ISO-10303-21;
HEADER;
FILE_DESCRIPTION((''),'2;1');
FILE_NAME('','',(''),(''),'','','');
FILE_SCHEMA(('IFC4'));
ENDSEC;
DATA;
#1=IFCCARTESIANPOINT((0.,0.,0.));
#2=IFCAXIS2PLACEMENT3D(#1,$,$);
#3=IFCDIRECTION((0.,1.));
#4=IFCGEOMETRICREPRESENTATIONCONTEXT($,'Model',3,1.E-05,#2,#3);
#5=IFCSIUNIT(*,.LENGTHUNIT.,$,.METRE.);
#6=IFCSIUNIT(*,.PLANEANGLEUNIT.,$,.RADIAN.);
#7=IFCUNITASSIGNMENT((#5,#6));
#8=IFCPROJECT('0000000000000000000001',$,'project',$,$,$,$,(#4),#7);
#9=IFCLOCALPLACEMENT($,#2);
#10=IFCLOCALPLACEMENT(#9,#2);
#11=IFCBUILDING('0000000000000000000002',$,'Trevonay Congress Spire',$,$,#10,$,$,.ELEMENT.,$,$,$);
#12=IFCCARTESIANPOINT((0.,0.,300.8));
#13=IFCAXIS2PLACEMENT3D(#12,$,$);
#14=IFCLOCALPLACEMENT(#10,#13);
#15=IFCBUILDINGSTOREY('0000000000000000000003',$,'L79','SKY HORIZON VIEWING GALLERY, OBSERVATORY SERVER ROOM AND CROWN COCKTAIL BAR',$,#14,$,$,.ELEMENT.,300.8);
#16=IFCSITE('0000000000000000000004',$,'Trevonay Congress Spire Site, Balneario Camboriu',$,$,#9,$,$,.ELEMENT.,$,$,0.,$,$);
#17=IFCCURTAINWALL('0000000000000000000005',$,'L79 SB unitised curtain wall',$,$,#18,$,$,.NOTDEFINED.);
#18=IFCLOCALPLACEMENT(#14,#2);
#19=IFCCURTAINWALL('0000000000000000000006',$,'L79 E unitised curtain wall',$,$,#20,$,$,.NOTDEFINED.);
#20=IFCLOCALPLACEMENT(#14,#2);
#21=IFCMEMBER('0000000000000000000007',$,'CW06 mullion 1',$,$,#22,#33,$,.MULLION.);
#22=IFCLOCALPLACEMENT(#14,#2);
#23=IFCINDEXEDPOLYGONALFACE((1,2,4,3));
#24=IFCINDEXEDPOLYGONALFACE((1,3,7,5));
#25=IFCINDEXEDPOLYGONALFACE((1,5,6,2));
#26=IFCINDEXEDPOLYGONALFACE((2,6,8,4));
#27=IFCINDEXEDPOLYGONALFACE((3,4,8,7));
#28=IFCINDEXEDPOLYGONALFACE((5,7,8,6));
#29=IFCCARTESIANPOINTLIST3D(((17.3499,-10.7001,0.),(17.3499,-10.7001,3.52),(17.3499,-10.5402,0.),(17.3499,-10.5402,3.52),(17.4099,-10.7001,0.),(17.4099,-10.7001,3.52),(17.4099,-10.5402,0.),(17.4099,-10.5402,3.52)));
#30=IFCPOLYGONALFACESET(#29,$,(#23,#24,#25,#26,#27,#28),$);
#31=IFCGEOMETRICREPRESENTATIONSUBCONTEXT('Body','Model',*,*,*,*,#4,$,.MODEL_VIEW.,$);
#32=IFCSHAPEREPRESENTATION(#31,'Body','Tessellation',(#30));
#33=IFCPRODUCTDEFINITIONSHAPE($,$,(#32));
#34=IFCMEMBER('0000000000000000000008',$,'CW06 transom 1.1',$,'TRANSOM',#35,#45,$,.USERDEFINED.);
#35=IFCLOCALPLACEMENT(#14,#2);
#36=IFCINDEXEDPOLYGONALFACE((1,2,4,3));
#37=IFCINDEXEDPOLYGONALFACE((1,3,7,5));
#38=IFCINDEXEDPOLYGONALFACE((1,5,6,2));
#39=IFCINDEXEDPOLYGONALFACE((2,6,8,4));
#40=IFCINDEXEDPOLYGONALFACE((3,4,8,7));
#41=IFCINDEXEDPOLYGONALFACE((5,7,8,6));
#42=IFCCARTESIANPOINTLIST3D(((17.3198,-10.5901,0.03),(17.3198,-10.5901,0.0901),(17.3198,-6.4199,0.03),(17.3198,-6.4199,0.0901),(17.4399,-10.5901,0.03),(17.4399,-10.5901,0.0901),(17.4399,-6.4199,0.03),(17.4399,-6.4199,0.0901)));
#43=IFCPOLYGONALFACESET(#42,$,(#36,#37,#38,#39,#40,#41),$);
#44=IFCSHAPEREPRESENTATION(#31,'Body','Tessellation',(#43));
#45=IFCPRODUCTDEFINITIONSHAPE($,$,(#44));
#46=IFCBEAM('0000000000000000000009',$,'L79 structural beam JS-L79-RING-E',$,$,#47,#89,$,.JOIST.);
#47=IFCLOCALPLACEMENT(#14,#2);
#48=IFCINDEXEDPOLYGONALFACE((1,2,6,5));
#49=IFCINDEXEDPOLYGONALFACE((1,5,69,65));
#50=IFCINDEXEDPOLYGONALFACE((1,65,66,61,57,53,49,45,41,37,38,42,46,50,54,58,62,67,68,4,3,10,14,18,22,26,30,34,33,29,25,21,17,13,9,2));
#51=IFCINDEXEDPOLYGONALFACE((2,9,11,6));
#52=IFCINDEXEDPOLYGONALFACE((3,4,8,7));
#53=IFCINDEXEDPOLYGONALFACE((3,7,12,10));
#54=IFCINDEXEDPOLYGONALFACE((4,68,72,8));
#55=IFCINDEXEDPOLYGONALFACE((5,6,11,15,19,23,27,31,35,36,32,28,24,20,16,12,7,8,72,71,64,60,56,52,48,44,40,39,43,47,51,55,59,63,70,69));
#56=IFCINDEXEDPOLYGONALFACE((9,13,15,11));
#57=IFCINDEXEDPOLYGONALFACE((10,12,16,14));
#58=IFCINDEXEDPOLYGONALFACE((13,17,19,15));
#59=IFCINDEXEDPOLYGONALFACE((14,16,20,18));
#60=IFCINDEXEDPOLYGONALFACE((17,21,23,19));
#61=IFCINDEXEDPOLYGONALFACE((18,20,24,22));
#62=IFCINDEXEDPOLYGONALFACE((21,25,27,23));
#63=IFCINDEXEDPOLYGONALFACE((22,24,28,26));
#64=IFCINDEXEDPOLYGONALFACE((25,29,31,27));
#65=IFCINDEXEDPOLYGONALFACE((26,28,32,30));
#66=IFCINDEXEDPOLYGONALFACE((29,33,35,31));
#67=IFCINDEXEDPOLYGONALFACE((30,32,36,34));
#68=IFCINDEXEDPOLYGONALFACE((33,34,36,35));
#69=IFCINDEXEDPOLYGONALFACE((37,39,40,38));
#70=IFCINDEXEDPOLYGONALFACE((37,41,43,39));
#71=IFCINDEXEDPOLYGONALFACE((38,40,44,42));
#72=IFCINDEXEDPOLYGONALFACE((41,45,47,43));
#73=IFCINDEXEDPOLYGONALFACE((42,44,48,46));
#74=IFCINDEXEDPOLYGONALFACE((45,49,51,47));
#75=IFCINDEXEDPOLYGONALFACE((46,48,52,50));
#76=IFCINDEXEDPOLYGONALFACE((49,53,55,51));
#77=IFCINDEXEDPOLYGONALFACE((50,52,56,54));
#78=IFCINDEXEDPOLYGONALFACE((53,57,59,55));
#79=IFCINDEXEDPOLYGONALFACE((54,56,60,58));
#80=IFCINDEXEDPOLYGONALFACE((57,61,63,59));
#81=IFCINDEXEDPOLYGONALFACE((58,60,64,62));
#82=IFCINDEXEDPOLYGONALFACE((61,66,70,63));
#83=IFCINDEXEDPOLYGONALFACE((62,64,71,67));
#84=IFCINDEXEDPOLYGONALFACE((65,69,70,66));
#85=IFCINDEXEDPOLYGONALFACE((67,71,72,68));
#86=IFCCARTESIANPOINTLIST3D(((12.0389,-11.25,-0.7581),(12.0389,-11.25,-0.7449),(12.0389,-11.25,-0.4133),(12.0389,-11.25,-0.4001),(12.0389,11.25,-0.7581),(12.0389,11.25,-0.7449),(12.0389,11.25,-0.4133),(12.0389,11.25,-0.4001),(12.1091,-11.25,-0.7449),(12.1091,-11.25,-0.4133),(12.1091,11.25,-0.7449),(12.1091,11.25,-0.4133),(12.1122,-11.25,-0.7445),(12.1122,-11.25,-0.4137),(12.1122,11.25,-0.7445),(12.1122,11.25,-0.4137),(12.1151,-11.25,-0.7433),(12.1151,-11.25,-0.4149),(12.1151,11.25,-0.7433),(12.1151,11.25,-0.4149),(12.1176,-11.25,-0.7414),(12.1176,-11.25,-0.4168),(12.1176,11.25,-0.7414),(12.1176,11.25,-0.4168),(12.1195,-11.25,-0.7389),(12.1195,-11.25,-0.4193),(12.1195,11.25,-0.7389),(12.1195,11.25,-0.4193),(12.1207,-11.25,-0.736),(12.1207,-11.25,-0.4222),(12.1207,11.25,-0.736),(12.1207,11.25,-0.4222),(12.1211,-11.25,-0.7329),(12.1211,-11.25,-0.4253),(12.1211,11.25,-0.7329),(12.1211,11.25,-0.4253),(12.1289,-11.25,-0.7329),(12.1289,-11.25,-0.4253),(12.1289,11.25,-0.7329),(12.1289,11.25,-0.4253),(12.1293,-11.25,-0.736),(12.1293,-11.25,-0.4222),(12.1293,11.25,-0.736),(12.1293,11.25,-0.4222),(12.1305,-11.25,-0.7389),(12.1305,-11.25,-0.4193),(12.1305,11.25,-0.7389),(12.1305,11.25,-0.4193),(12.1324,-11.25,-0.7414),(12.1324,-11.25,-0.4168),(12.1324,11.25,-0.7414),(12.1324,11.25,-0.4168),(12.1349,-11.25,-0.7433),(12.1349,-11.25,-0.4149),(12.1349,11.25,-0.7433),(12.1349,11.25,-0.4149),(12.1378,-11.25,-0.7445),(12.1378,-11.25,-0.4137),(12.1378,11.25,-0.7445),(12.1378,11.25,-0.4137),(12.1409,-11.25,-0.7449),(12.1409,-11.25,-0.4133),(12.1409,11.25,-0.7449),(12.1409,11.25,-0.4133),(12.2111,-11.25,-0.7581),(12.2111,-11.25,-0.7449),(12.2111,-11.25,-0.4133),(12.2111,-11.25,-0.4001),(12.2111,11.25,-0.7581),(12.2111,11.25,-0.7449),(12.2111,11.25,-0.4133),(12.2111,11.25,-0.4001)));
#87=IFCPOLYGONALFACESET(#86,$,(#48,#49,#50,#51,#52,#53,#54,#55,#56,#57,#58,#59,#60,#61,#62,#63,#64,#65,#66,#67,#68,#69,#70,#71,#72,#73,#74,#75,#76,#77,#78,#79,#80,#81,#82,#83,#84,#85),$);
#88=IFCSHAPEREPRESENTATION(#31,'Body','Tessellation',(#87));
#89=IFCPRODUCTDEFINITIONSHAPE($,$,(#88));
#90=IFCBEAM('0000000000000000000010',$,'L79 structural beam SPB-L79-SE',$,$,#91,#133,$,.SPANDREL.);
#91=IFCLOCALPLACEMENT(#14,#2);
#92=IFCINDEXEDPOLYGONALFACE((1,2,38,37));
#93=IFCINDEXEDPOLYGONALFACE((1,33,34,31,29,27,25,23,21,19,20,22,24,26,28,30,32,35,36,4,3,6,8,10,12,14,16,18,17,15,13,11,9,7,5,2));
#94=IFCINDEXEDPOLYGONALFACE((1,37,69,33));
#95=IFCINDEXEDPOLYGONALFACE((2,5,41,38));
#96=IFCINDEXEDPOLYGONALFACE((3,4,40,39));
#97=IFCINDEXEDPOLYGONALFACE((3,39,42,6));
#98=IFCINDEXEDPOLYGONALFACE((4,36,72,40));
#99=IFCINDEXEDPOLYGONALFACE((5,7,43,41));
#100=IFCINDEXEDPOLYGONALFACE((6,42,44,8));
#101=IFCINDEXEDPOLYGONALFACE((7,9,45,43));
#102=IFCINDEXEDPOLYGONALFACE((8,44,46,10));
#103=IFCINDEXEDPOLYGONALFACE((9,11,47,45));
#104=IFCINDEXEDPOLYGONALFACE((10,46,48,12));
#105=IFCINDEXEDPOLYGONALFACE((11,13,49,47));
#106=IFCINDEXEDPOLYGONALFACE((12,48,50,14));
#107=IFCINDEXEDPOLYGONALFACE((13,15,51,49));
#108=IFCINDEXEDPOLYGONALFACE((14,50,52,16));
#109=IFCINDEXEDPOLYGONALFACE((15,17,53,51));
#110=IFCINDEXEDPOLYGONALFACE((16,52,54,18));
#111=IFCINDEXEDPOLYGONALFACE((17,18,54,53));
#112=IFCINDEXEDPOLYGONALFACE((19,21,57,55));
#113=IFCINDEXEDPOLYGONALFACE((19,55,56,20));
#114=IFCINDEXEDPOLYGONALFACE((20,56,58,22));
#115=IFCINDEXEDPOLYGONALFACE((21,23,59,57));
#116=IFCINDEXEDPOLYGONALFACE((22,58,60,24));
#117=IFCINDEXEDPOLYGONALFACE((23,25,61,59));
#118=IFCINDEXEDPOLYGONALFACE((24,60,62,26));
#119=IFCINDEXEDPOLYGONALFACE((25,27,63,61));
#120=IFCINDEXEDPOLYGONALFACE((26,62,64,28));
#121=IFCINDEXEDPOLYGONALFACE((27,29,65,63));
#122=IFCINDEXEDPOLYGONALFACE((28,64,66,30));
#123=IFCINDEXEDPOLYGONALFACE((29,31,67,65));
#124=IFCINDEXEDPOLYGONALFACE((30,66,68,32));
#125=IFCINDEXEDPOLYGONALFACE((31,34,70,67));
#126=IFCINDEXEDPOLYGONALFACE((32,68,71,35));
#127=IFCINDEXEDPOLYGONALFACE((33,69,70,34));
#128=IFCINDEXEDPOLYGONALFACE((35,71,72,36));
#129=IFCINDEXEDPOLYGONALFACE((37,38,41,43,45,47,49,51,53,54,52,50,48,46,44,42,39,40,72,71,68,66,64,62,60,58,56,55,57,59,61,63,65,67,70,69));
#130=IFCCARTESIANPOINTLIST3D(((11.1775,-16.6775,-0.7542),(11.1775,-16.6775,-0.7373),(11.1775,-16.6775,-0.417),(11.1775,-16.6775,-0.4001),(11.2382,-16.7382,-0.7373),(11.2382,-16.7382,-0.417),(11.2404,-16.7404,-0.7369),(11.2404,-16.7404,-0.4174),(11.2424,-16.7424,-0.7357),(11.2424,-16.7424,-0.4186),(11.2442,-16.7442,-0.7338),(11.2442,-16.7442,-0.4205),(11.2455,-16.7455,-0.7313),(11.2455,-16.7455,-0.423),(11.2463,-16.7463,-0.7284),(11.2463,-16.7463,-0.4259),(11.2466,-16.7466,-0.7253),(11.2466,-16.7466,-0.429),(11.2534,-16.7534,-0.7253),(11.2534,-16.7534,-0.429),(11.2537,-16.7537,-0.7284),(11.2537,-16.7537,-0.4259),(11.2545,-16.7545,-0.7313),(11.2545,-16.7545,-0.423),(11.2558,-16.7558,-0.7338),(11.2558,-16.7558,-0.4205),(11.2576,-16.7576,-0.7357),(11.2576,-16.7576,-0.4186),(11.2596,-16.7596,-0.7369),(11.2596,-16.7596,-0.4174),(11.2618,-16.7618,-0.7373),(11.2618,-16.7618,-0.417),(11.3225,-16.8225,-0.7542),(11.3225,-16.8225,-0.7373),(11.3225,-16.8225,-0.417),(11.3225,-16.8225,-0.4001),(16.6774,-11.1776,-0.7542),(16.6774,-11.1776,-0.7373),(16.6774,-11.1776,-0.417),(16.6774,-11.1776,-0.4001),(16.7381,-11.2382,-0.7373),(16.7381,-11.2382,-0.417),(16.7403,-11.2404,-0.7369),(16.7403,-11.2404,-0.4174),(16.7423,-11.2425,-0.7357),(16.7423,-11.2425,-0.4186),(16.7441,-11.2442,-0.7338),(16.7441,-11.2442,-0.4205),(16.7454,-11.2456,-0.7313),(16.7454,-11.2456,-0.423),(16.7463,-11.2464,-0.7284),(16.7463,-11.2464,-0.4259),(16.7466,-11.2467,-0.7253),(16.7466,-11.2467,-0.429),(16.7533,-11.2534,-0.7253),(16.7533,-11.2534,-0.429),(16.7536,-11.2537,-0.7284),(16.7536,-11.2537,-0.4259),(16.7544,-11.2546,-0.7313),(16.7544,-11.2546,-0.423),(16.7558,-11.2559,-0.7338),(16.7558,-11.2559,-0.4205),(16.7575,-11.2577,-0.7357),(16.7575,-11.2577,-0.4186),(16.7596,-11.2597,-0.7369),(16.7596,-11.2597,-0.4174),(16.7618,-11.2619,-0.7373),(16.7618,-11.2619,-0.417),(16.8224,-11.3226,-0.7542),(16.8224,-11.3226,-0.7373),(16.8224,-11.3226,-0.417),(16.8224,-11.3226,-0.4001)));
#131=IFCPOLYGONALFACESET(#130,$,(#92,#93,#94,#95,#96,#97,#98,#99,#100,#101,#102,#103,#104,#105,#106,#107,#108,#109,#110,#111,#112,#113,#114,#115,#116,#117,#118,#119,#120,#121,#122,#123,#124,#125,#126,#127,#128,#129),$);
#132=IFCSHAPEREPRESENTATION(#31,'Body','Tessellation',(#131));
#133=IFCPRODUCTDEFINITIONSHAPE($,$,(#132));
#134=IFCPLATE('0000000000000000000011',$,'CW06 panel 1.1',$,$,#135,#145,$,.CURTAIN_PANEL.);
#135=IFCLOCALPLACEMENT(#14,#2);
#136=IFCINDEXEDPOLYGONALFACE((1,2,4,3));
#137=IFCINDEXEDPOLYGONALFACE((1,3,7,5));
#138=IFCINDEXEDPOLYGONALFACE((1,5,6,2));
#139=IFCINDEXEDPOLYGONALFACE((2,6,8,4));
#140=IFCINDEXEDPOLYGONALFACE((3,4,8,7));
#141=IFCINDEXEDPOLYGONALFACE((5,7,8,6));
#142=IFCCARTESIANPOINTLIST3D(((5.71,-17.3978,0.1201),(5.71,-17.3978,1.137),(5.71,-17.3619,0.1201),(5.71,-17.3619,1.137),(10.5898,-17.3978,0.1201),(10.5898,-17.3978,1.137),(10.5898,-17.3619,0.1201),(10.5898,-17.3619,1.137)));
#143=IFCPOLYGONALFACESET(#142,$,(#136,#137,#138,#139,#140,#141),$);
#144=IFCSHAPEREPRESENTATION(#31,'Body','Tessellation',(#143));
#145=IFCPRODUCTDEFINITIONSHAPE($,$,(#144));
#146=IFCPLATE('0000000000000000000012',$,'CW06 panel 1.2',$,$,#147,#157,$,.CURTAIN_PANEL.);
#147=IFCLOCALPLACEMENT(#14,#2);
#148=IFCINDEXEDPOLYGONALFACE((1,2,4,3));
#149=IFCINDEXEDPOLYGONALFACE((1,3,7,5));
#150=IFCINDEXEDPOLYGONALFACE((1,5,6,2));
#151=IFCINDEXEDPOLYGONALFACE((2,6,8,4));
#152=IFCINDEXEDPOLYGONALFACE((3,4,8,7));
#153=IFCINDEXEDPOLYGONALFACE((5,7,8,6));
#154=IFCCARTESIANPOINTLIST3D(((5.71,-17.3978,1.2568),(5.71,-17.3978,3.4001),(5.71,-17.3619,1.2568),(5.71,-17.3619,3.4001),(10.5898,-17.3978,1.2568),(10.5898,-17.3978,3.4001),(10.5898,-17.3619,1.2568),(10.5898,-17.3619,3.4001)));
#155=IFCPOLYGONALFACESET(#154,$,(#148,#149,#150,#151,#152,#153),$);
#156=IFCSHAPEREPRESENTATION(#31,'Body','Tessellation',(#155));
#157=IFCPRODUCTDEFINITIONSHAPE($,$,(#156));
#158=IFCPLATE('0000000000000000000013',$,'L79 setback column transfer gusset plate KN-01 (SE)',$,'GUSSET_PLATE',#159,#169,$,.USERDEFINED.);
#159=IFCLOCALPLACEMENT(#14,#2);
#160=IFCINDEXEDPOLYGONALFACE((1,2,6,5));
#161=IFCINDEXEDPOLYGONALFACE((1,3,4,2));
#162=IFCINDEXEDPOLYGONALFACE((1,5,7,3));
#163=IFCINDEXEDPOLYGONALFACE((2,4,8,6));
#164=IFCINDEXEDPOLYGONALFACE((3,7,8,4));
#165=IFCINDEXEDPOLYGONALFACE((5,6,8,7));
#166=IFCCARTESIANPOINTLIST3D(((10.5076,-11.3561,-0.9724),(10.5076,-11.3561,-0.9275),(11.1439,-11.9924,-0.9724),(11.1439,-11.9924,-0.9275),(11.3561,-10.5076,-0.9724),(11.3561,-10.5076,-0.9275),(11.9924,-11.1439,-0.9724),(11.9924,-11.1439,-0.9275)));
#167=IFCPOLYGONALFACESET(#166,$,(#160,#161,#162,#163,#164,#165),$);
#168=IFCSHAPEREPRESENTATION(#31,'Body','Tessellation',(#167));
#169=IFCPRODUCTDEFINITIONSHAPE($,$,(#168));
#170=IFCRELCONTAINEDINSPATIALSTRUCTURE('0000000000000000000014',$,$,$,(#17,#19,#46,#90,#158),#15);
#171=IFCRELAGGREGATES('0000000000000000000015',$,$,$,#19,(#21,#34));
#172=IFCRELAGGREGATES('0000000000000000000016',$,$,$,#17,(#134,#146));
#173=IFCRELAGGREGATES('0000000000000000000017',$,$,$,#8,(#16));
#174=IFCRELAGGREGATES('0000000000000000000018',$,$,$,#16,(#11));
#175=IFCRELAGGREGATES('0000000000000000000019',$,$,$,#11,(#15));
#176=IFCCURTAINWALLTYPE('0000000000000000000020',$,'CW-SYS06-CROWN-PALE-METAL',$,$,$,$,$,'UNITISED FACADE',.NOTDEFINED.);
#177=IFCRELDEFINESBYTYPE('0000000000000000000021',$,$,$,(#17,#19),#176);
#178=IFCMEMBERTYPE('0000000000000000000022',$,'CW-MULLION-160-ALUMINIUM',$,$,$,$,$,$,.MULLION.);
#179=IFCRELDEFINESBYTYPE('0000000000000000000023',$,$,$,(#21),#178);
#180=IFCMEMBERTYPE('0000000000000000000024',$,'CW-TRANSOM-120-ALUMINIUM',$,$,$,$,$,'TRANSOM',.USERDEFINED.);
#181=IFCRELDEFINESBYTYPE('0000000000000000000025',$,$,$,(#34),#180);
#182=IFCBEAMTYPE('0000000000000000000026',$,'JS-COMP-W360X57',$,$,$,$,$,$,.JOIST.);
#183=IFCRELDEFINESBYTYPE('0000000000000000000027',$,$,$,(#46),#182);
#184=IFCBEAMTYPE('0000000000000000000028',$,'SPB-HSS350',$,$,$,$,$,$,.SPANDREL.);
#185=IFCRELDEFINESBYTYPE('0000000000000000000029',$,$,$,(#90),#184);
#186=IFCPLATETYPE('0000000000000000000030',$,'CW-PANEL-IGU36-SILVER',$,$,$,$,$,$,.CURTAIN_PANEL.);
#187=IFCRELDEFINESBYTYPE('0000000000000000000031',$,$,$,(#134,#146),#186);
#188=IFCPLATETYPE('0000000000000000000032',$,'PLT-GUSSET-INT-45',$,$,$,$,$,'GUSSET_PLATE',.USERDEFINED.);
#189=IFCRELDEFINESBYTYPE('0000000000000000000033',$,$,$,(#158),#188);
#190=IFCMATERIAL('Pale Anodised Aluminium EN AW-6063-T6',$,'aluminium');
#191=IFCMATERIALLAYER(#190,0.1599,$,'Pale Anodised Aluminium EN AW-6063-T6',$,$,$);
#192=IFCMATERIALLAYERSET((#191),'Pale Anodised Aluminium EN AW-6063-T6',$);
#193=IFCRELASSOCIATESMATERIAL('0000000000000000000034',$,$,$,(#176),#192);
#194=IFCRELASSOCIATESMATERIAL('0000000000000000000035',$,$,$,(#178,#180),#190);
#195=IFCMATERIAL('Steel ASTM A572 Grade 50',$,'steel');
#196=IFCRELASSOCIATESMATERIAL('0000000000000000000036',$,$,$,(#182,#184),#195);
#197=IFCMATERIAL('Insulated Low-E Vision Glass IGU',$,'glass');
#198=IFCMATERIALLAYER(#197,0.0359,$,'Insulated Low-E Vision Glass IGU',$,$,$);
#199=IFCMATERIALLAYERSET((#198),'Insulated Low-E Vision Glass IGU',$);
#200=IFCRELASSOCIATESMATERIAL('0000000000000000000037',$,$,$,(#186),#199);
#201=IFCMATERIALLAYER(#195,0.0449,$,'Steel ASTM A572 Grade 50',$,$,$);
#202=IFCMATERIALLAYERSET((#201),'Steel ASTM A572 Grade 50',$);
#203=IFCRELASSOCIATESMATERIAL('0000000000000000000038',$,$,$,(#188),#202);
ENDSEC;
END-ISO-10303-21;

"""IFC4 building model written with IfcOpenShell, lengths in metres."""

from ifc_helpers import new_model, si_unit, direction, frame, origin, origin_2d, place, context, subcontext, project, spatial, rectangle, i_section, extrude, material, layer, layer_set, material_profile, profile_set, type_object, element, aggregate, save


model = new_model("IFC4")

# Units and contexts
model_context = context("Model", 3, precision=1e-05, world=origin(), true_north=direction((0.0, 1.0)))
body_context = subcontext(model_context, "Body", "Model", "MODEL_VIEW")
ifc_project = project(units=[si_unit("LENGTHUNIT", "METRE"), si_unit("PLANEANGLEUNIT", "RADIAN")], contexts=[model_context])

# Site, building, storey
site_placement = place(None, origin())
site = spatial("IfcSite", under=ifc_project, at=site_placement, Name="Trevonay Congress Spire Site, Balneario Camboriu", CompositionType="ELEMENT", RefElevation=0.0)
building_placement = place(site_placement, origin())
building = spatial("IfcBuilding", under=site, at=building_placement, Name="Trevonay Congress Spire", CompositionType="ELEMENT")
storey_placement = place(building_placement, frame((0.0, 0.0, 300.8)))
storey = spatial("IfcBuildingStorey", under=building, at=storey_placement, Name="L79", Description="SKY HORIZON VIEWING GALLERY, OBSERVATORY SERVER ROOM AND CROWN COCKTAIL BAR", CompositionType="ELEMENT", Elevation=300.8)

# Shared definitions
ifc_material_1 = material(Name="Steel ASTM A572 Grade 50", Category="steel")

# Curtain wall
ifc_material_2 = material(Name="Pale Anodised Aluminium EN AW-6063-T6", Category="aluminium")
ifc_layer_1 = layer(ifc_material_2, 0.1599, Name="Pale Anodised Aluminium EN AW-6063-T6")
ifc_layer_set_1 = layer_set([ifc_layer_1], Name="Pale Anodised Aluminium EN AW-6063-T6")
curtain_wall_type = type_object("IfcCurtainWallType", Name="CW-SYS06-CROWN-PALE-METAL", ElementType="UNITISED FACADE", PredefinedType="NOTDEFINED", material=ifc_layer_set_1)
curtain_wall_1_placement = place(storey_placement, origin())
curtain_wall_1 = element("IfcCurtainWall", 1, at=curtain_wall_1_placement, inside=storey, type_object=curtain_wall_type, Name="L79 SB unitised curtain wall", PredefinedType="NOTDEFINED")
ifc_material_profile_1 = material_profile(ifc_material_2, rectangle(XDim=0.0601, YDim=0.1599, at=origin_2d()), Name="CW-MULLION-160-ALUMINIUM")
ifc_profile_set_1 = profile_set([ifc_material_profile_1], Name="Pale Anodised Aluminium EN AW-6063-T6")
member_type_1 = type_object("IfcMemberType", Name="CW-MULLION-160-ALUMINIUM", PredefinedType="MULLION", material=ifc_profile_set_1)

# Curtain wall, members
curtain_wall_2_placement = place(storey_placement, origin())
curtain_wall_2 = element("IfcCurtainWall", 2, at=curtain_wall_2_placement, inside=storey, type_object=curtain_wall_type, Name="L79 E unitised curtain wall", PredefinedType="NOTDEFINED")
member_1_placement = place(storey_placement, frame((17.3799, -10.6201, 0.0), z_axis=(0.0, 0.0, 1.0), x_axis=(-1.0, 0.0, 0.0)))
member_1 = element("IfcMember", 3, at=member_1_placement, type_object=member_type_1, Name="CW06 mullion 1", PredefinedType="MULLION", context=body_context, shape_type="SweptSolid", body=[
    extrude(rectangle(XDim=0.0601, YDim=0.1599, at=origin_2d()), origin(), (0.0, 0.0, 1.0), 3.52),
])
ifc_material_profile_2 = material_profile(ifc_material_2, rectangle(XDim=0.1201, YDim=0.0601, at=origin_2d()), Name="CW-TRANSOM-120-ALUMINIUM")
ifc_profile_set_2 = profile_set([ifc_material_profile_2], Name="Pale Anodised Aluminium EN AW-6063-T6")
member_type_2 = type_object("IfcMemberType", Name="CW-TRANSOM-120-ALUMINIUM", ElementType="TRANSOM", PredefinedType="USERDEFINED", material=ifc_profile_set_2)
member_2_placement = place(storey_placement, frame((17.3799, -10.5901, 0.0601), z_axis=(0.0, 1.0, 0.0), x_axis=(-1.0, 0.0, 0.0)))
member_2 = element("IfcMember", 4, at=member_2_placement, type_object=member_type_2, Name="CW06 transom 1.1", ObjectType="TRANSOM", PredefinedType="USERDEFINED", context=body_context, shape_type="SweptSolid", body=[
    extrude(rectangle(XDim=0.1201, YDim=0.0601, at=origin_2d()), origin(), (0.0, 0.0, 1.0), 4.1702),
])
aggregate(curtain_wall_2, [member_1, member_2])

# Beams
ifc_material_profile_3 = material_profile(ifc_material_1, i_section(OverallWidth=0.1721, OverallDepth=0.3579, WebThickness=0.0078, FlangeThickness=0.0132, FilletRadius=0.012, at=origin_2d()), Name="W360x57.8")
ifc_profile_set_3 = profile_set([ifc_material_profile_3], Name="Steel ASTM A572 Grade 50")
beam_type_1 = type_object("IfcBeamType", Name="JS-COMP-W360X57", PredefinedType="JOIST", material=ifc_profile_set_3)
beam_1_placement = place(storey_placement, frame((12.125, -11.25, -0.5791), z_axis=(0.0, 1.0, 0.0), x_axis=(-1.0, 0.0, 0.0)))
element("IfcBeam", 5, at=beam_1_placement, inside=storey, type_object=beam_type_1, Name="L79 structural beam JS-L79-RING-E", PredefinedType="JOIST", context=body_context, shape_type="SweptSolid", body=[
    extrude(i_section(OverallWidth=0.1721, OverallDepth=0.3579, WebThickness=0.0078, FlangeThickness=0.0132, FilletRadius=0.012, at=origin_2d()), origin(), (0.0, 0.0, 1.0), 22.5),
])
ifc_material_profile_4 = material_profile(ifc_material_1, i_section(OverallWidth=0.2051, OverallDepth=0.354, WebThickness=0.0095, FlangeThickness=0.0168, FilletRadius=0.012, at=origin_2d()), Name="W360x79")
ifc_profile_set_4 = profile_set([ifc_material_profile_4], Name="Steel ASTM A572 Grade 50")
beam_type_2 = type_object("IfcBeamType", Name="SPB-HSS350", PredefinedType="SPANDREL", material=ifc_profile_set_4)
beam_2_placement = place(storey_placement, frame((11.25, -16.75, -0.5771), z_axis=(0.707107, 0.707107, 0.0), x_axis=(-0.707107, 0.707107, 0.0)))
element("IfcBeam", 6, at=beam_2_placement, inside=storey, type_object=beam_type_2, Name="L79 structural beam SPB-L79-SE", PredefinedType="SPANDREL", context=body_context, shape_type="SweptSolid", body=[
    extrude(i_section(OverallWidth=0.2051, OverallDepth=0.354, WebThickness=0.0095, FlangeThickness=0.0168, FilletRadius=0.012, at=origin_2d()), origin(), (0.0, 0.0, 1.0), 7.7781),
])

# Plates
ifc_material_3 = material(Name="Insulated Low-E Vision Glass IGU", Category="glass")
ifc_layer_2 = layer(ifc_material_3, 0.0359, Name="Insulated Low-E Vision Glass IGU")
ifc_layer_set_2 = layer_set([ifc_layer_2], Name="Insulated Low-E Vision Glass IGU")
plate_type_1 = type_object("IfcPlateType", Name="CW-PANEL-IGU36-SILVER", PredefinedType="CURTAIN_PANEL", material=ifc_layer_set_2)
plate_1_placement = place(storey_placement, frame((8.1499, -17.3799, 0.1201), z_axis=(0.0, 0.0, 1.0), x_axis=(1.0, 0.0, 0.0)))
plate_1 = element("IfcPlate", 7, at=plate_1_placement, type_object=plate_type_1, Name="CW06 panel 1.1", PredefinedType="CURTAIN_PANEL", context=body_context, shape_type="SweptSolid", body=[
    extrude(rectangle(XDim=4.8799, YDim=0.0359, at=origin_2d()), origin(), (0.0, 0.0, 1.0), 1.0168),
])
plate_2_placement = place(storey_placement, frame((8.1499, -17.3799, 1.2568), z_axis=(0.0, 0.0, 1.0), x_axis=(1.0, 0.0, 0.0)))
plate_2 = element("IfcPlate", 8, at=plate_2_placement, type_object=plate_type_1, Name="CW06 panel 1.2", PredefinedType="CURTAIN_PANEL", context=body_context, shape_type="SweptSolid", body=[
    extrude(rectangle(XDim=4.8799, YDim=0.0359, at=origin_2d()), origin(), (0.0, 0.0, 1.0), 2.1433),
])
aggregate(curtain_wall_1, [plate_1, plate_2])
ifc_layer_3 = layer(ifc_material_1, 0.0449, Name="Steel ASTM A572 Grade 50")
ifc_layer_set_3 = layer_set([ifc_layer_3], Name="Steel ASTM A572 Grade 50")
plate_type_2 = type_object("IfcPlateType", Name="PLT-GUSSET-INT-45", ElementType="GUSSET_PLATE", PredefinedType="USERDEFINED", material=ifc_layer_set_3)
plate_3_placement = place(storey_placement, frame((11.25, -11.25, -0.9724), z_axis=(0.0, 0.0, 1.0), x_axis=(0.707107, 0.707107, 0.0)))
element("IfcPlate", 9, at=plate_3_placement, inside=storey, type_object=plate_type_2, Name="L79 setback column transfer gusset plate KN-01 (SE)", ObjectType="GUSSET_PLATE", PredefinedType="USERDEFINED", context=body_context, shape_type="SweptSolid", body=[
    extrude(rectangle(XDim=1.2, YDim=0.8999, at=origin_2d()), origin(), (0.0, 0.0, 1.0), 0.0449),
])

save(model, "model.ifc")
